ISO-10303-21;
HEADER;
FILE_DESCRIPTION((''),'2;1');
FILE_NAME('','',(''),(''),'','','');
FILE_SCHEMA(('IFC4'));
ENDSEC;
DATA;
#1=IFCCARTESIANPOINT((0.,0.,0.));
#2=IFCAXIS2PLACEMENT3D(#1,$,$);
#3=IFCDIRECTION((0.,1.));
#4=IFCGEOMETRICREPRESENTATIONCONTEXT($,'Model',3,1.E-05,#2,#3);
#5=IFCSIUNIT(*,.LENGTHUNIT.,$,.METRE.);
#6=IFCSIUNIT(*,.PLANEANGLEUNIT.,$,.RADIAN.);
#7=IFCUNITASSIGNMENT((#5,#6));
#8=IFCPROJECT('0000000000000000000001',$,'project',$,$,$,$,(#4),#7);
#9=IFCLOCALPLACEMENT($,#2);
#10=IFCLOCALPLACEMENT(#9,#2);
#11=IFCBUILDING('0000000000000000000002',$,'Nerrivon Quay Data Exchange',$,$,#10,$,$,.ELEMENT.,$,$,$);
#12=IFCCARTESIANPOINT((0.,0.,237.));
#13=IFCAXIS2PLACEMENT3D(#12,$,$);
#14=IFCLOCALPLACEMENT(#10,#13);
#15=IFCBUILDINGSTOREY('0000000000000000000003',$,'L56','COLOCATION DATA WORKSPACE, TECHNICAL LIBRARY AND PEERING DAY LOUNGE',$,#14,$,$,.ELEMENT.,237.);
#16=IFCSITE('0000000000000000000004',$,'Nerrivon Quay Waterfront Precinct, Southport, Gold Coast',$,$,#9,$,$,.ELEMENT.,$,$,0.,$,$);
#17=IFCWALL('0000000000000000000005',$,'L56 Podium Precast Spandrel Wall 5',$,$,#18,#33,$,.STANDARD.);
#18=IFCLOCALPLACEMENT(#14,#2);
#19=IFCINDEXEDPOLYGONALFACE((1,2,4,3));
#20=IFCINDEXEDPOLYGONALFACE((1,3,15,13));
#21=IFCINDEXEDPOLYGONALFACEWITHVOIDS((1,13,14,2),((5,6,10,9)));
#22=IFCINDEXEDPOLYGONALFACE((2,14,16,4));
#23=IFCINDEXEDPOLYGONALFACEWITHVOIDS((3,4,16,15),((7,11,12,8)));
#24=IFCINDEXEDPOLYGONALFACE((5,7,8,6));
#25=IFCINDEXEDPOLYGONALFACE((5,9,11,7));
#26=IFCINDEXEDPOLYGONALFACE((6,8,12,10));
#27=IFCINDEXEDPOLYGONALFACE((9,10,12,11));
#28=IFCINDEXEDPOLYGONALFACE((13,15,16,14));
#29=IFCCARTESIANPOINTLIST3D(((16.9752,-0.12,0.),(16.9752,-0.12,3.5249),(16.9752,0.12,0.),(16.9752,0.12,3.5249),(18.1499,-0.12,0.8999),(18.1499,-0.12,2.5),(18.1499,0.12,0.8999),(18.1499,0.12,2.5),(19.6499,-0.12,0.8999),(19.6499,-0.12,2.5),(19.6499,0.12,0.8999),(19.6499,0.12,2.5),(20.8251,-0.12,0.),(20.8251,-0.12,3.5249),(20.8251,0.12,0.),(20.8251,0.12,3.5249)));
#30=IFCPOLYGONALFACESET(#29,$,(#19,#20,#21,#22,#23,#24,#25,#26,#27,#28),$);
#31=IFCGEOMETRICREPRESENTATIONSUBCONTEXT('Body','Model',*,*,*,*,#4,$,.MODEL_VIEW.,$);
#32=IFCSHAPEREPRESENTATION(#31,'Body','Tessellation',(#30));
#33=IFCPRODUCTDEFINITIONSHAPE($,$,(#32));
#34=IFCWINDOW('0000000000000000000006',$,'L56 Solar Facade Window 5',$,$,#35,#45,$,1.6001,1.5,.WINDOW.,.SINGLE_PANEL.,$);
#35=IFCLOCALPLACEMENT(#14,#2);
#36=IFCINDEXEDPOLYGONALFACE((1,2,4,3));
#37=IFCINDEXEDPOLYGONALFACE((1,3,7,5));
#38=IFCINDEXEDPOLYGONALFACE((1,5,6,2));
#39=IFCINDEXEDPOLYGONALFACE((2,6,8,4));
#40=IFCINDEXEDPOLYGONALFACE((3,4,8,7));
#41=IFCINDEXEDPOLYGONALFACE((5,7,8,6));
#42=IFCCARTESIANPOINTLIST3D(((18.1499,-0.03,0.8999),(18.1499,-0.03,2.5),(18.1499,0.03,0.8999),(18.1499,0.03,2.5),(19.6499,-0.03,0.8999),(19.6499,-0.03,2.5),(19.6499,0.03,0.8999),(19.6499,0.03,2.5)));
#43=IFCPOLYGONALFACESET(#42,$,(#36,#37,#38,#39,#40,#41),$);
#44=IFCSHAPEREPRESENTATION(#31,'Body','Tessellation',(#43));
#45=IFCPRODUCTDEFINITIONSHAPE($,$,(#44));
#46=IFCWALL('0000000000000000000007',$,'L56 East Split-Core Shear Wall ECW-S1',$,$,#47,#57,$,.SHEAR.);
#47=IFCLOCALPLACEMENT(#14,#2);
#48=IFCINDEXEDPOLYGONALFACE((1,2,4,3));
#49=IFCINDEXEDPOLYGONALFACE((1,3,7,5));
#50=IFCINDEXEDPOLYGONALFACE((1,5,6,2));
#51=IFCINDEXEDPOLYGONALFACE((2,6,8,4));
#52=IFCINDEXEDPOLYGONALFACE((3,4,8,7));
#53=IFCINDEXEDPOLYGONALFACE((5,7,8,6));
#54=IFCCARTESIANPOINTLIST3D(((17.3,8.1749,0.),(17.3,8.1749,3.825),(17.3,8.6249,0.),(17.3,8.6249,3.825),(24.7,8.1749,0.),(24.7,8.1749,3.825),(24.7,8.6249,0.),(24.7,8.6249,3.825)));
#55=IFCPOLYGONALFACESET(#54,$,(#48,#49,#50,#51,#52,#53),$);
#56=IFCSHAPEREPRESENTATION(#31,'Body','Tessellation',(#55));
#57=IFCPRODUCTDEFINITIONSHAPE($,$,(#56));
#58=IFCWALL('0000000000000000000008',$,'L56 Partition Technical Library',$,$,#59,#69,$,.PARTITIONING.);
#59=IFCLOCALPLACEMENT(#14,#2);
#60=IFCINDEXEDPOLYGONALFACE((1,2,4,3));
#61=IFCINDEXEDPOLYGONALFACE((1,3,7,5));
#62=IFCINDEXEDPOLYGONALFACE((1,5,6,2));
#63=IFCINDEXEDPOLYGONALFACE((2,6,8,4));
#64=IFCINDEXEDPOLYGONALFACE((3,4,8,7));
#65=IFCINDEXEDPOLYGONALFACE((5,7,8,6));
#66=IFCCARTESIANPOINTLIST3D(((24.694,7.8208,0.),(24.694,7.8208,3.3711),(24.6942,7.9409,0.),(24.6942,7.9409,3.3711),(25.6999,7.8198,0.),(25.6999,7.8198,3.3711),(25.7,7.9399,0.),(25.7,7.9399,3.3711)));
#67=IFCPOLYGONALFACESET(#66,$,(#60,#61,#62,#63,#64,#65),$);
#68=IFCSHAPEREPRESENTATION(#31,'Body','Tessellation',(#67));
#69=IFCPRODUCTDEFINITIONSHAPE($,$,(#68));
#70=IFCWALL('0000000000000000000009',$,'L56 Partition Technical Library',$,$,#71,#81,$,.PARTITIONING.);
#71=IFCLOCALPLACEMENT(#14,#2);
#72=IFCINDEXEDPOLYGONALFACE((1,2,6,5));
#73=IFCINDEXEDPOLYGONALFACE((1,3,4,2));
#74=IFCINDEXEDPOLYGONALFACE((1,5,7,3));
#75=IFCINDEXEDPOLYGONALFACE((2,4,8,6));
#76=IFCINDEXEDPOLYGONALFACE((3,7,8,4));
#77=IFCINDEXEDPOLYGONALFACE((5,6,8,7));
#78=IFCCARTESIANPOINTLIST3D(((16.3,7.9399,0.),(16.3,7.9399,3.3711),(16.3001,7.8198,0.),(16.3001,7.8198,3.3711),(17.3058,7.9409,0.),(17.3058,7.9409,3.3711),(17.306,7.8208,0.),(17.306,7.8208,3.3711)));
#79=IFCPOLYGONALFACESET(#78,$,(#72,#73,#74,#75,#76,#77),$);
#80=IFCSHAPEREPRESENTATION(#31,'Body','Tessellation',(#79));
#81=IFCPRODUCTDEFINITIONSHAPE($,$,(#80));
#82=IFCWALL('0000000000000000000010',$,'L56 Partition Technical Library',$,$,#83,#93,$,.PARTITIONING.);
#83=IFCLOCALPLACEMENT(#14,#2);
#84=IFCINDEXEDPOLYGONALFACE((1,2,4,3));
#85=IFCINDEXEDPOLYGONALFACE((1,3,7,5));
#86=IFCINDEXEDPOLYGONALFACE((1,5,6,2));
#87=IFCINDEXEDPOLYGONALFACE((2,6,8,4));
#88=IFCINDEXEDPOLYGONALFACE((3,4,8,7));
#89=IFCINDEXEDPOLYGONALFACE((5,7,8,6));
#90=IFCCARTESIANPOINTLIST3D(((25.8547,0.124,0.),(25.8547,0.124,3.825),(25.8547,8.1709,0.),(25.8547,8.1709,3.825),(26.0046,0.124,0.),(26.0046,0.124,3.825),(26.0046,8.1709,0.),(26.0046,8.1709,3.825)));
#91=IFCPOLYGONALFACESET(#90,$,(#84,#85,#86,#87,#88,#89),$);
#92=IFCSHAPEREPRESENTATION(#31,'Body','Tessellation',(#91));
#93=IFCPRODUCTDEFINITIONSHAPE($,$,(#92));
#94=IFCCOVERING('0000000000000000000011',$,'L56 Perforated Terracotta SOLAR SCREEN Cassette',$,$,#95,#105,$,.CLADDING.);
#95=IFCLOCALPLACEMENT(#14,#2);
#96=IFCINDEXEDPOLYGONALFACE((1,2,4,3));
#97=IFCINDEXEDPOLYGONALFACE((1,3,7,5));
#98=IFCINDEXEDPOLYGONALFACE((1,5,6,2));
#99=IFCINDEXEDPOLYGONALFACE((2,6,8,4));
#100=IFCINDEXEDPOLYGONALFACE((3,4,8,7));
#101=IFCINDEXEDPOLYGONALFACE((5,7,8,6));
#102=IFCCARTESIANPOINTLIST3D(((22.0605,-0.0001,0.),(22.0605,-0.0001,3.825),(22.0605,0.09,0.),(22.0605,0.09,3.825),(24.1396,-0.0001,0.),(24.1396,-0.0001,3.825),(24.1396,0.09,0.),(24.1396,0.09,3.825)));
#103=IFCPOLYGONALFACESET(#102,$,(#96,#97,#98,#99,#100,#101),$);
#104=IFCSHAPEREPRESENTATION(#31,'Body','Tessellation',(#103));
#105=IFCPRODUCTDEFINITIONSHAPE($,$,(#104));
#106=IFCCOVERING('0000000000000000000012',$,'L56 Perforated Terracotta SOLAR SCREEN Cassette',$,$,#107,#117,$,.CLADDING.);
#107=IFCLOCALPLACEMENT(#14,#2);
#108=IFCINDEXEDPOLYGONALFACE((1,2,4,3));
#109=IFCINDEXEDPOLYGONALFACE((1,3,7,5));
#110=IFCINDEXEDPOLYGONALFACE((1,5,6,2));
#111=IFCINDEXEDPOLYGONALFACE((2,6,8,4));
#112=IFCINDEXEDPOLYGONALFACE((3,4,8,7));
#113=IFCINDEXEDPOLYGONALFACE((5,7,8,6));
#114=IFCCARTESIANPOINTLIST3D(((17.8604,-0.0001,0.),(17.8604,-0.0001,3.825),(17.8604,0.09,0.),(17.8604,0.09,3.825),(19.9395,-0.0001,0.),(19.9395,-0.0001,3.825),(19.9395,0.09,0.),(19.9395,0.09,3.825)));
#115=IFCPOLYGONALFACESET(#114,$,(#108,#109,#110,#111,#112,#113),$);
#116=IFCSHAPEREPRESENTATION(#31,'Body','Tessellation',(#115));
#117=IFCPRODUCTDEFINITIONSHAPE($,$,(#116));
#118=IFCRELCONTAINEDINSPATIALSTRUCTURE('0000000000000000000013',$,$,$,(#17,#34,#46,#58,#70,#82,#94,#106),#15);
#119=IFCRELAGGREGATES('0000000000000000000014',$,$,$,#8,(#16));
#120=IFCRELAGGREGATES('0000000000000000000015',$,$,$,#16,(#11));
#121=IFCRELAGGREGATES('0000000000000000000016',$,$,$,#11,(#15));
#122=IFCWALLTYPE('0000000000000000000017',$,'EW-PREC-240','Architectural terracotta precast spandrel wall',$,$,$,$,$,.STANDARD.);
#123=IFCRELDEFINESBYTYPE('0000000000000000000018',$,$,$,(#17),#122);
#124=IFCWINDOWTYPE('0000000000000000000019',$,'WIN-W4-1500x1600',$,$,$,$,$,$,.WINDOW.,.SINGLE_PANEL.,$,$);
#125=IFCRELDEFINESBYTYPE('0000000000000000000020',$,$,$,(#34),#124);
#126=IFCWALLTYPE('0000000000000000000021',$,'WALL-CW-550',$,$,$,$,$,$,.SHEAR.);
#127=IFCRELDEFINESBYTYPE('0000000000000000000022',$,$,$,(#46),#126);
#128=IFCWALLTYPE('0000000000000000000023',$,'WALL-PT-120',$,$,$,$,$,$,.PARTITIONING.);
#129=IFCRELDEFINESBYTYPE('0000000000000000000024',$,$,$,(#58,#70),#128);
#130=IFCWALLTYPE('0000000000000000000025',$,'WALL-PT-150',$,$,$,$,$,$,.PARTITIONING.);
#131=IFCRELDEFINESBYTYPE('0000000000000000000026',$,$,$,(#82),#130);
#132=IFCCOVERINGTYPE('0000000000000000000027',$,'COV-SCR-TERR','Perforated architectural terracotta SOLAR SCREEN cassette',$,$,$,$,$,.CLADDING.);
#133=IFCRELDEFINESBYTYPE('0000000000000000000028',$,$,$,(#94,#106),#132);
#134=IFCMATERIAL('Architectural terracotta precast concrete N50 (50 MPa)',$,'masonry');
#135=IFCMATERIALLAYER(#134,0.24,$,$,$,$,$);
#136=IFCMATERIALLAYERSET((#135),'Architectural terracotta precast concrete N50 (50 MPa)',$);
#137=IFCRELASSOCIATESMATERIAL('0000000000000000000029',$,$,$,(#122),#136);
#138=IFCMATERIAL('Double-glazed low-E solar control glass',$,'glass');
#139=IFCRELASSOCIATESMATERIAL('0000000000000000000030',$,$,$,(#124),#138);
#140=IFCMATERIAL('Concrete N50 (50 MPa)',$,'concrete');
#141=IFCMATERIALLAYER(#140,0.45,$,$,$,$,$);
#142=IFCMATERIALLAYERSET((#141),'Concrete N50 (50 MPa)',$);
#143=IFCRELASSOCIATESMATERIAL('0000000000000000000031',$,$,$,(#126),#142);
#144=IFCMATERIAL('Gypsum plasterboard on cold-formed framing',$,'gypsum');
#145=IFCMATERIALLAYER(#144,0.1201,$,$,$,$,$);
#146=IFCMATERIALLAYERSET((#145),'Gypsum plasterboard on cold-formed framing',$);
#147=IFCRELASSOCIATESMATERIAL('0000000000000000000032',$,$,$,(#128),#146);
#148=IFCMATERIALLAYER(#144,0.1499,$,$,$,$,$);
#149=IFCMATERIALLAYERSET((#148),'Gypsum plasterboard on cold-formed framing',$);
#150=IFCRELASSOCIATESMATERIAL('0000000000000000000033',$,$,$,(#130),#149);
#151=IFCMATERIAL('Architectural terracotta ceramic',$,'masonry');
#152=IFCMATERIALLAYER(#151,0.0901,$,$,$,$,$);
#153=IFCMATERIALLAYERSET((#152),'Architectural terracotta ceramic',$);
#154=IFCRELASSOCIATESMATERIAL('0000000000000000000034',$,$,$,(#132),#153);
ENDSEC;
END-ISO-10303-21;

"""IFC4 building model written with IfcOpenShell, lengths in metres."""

from ifc_helpers import new_model, si_unit, direction, frame, frame_2d, origin, origin_2d, place, context, subcontext, project, spatial, rectangle, extrude, material, layer, layer_set, type_object, element, fill, save


model = new_model("IFC4")

# Units and contexts
model_context = context("Model", 3, precision=1e-05, world=origin(), true_north=direction((0.0, 1.0)))
body_context = subcontext(model_context, "Body", "Model", "MODEL_VIEW")
ifc_project = project(units=[si_unit("LENGTHUNIT", "METRE"), si_unit("PLANEANGLEUNIT", "RADIAN")], contexts=[model_context])

# Site, building, storey
site_placement = place(None, origin())
site = spatial("IfcSite", under=ifc_project, at=site_placement, Name="Nerrivon Quay Waterfront Precinct, Southport, Gold Coast", CompositionType="ELEMENT", RefElevation=0.0)
building_placement = place(site_placement, origin())
building = spatial("IfcBuilding", under=site, at=building_placement, Name="Nerrivon Quay Data Exchange", CompositionType="ELEMENT")
storey_placement = place(building_placement, frame((0.0, 0.0, 237.0)))
storey = spatial("IfcBuildingStorey", under=building, at=storey_placement, Name="L56", Description="COLOCATION DATA WORKSPACE, TECHNICAL LIBRARY AND PEERING DAY LOUNGE", CompositionType="ELEMENT", Elevation=237.0)

# Shared definitions
ifc_material_1 = material(Name="Concrete N50 (50 MPa)", Category="concrete")

# Shared definitions
ifc_material_2 = material(Name="Double-glazed low-E solar control glass", Category="glass")

# Wall, opening, window
ifc_material_3 = material(Name="Architectural terracotta precast concrete N50 (50 MPa)", Category="masonry")
ifc_layer_1 = layer(ifc_material_3, 0.24)
ifc_layer_set_1 = layer_set([ifc_layer_1], Name="Architectural terracotta precast concrete N50 (50 MPa)")
wall_type_1 = type_object("IfcWallType", Name="EW-PREC-240", Description="Architectural terracotta precast spandrel wall", PredefinedType="STANDARD", material=ifc_layer_set_1)
wall_1_placement = place(storey_placement, frame((20.825, 0.0, 0.0), z_axis=(0.0, 0.0, 1.0), x_axis=(-1.0, 0.0, 0.0)))
wall_1 = element("IfcWall", 1, at=wall_1_placement, inside=storey, type_object=wall_type_1, Name="L56 Podium Precast Spandrel Wall 5", PredefinedType="STANDARD", context=body_context, shape_type="SweptSolid", body=[
    extrude(rectangle(XDim=3.8499, YDim=0.24, at=frame_2d((1.9248, 0.0))), origin(), (0.0, 0.0, 1.0), 3.5249),
])
opening_placement = place(wall_1_placement, frame((1.175, 0.0, 0.8999)))
opening = element("IfcOpeningElement", 2, at=opening_placement, cuts=wall_1, PredefinedType="OPENING", context=body_context, shape_type="SweptSolid", body=[
    extrude(rectangle(XDim=1.5, YDim=1.6001, at=frame_2d((0.75, 0.8))), frame((0.0, 0.1299, 0.0), z_axis=(0.0, -1.0, 0.0), x_axis=(1.0, 0.0, 0.0)), (0.0, 0.0, 1.0), 0.26),
])
window_type = type_object("IfcWindowType", Name="WIN-W4-1500x1600", PartitioningType="SINGLE_PANEL", PredefinedType="WINDOW", material=ifc_material_2)
window_placement = place(opening_placement, origin())
window = element("IfcWindow", 3, at=window_placement, inside=storey, type_object=window_type, Name="L56 Solar Facade Window 5", OverallHeight=1.6001, OverallWidth=1.5, PartitioningType="SINGLE_PANEL", PredefinedType="WINDOW", context=body_context, shape_type="SweptSolid", body=[
    extrude(rectangle(XDim=1.5, YDim=1.6001, at=frame_2d((0.75, 0.8))), frame((0.0, 0.03, 0.0), z_axis=(0.0, -1.0, 0.0), x_axis=(1.0, 0.0, 0.0)), (0.0, 0.0, 1.0), 0.0601),
])
fill(opening, window)

# Walls
ifc_layer_2 = layer(ifc_material_1, 0.45)
ifc_layer_set_2 = layer_set([ifc_layer_2], Name="Concrete N50 (50 MPa)")
wall_type_2 = type_object("IfcWallType", Name="WALL-CW-550", PredefinedType="SHEAR", material=ifc_layer_set_2)
wall_2_placement = place(storey_placement, frame((17.3, 8.3999, 0.0), z_axis=(0.0, 0.0, 1.0), x_axis=(1.0, 0.0, 0.0)))
element("IfcWall", 4, at=wall_2_placement, inside=storey, type_object=wall_type_2, Name="L56 East Split-Core Shear Wall ECW-S1", PredefinedType="SHEAR", context=body_context, shape_type="SweptSolid", body=[
    extrude(rectangle(XDim=7.3999, YDim=0.45, at=frame_2d((3.7, 0.0))), origin(), (0.0, 0.0, 1.0), 3.825),
])
ifc_material_4 = material(Name="Gypsum plasterboard on cold-formed framing", Category="gypsum")
ifc_layer_3 = layer(ifc_material_4, 0.1201)
ifc_layer_set_3 = layer_set([ifc_layer_3], Name="Gypsum plasterboard on cold-formed framing")
wall_type_3 = type_object("IfcWallType", Name="WALL-PT-120", PredefinedType="PARTITIONING", material=ifc_layer_set_3)
for number, where, z_axis, x_axis, name in (
    (5, (25.7, 7.8799, 0.0), (0.0, 0.0, 1.0), (-1.0, 0.000971, 0.0), "L56 Partition Technical Library"),
    (6, (17.3059, 7.8809, 0.0), (0.0, 0.0, 1.0), (-1.0, -0.000971, 0.0), "L56 Partition Technical Library"),
):
    element("IfcWall", number, at=place(storey_placement, frame(where, z_axis=z_axis, x_axis=x_axis)), inside=storey, type_object=wall_type_3, Name=name, PredefinedType="PARTITIONING", context=body_context, shape_type="SweptSolid", body=[
        extrude(rectangle(XDim=1.0059, YDim=0.1201, at=frame_2d((0.5029, 0.0))), origin(), (0.0, 0.0, 1.0), 3.3711),
    ])
ifc_layer_4 = layer(ifc_material_4, 0.1499)
ifc_layer_set_4 = layer_set([ifc_layer_4], Name="Gypsum plasterboard on cold-formed framing")
wall_type_4 = type_object("IfcWallType", Name="WALL-PT-150", PredefinedType="PARTITIONING", material=ifc_layer_set_4)
wall_3_placement = place(storey_placement, frame((25.9297, 0.124, 0.0), z_axis=(0.0, 0.0, 1.0), x_axis=(0.0, 1.0, 0.0)))
element("IfcWall", 7, at=wall_3_placement, inside=storey, type_object=wall_type_4, Name="L56 Partition Technical Library", PredefinedType="PARTITIONING", context=body_context, shape_type="SweptSolid", body=[
    extrude(rectangle(XDim=8.0469, YDim=0.1499, at=frame_2d((4.0234, 0.0))), origin(), (0.0, 0.0, 1.0), 3.825),
])

# Coverings
ifc_material_5 = material(Name="Architectural terracotta ceramic", Category="masonry")
ifc_layer_5 = layer(ifc_material_5, 0.0901)
ifc_layer_set_5 = layer_set([ifc_layer_5], Name="Architectural terracotta ceramic")
covering_type = type_object("IfcCoveringType", Name="COV-SCR-TERR", Description="Perforated architectural terracotta SOLAR SCREEN cassette", PredefinedType="CLADDING", material=ifc_layer_set_5)
for number, where, z_axis, x_axis, name in (
    (8, (23.1001, 0.0449, 0.0), (0.0, 0.0, 1.0), (-1.0, 0.0, 0.0), "L56 Perforated Terracotta SOLAR SCREEN Cassette"),
    (9, (18.8999, 0.0449, 0.0), (0.0, 0.0, 1.0), (-1.0, 0.0, 0.0), "L56 Perforated Terracotta SOLAR SCREEN Cassette"),
):
    element("IfcCovering", number, at=place(storey_placement, frame(where, z_axis=z_axis, x_axis=x_axis)), inside=storey, type_object=covering_type, Name=name, PredefinedType="CLADDING", context=body_context, shape_type="SweptSolid", body=[
        extrude(rectangle(XDim=2.0791, YDim=0.0901, at=origin_2d()), origin(), (0.0, 0.0, 1.0), 3.825),
    ])

save(model, "model.ifc")
